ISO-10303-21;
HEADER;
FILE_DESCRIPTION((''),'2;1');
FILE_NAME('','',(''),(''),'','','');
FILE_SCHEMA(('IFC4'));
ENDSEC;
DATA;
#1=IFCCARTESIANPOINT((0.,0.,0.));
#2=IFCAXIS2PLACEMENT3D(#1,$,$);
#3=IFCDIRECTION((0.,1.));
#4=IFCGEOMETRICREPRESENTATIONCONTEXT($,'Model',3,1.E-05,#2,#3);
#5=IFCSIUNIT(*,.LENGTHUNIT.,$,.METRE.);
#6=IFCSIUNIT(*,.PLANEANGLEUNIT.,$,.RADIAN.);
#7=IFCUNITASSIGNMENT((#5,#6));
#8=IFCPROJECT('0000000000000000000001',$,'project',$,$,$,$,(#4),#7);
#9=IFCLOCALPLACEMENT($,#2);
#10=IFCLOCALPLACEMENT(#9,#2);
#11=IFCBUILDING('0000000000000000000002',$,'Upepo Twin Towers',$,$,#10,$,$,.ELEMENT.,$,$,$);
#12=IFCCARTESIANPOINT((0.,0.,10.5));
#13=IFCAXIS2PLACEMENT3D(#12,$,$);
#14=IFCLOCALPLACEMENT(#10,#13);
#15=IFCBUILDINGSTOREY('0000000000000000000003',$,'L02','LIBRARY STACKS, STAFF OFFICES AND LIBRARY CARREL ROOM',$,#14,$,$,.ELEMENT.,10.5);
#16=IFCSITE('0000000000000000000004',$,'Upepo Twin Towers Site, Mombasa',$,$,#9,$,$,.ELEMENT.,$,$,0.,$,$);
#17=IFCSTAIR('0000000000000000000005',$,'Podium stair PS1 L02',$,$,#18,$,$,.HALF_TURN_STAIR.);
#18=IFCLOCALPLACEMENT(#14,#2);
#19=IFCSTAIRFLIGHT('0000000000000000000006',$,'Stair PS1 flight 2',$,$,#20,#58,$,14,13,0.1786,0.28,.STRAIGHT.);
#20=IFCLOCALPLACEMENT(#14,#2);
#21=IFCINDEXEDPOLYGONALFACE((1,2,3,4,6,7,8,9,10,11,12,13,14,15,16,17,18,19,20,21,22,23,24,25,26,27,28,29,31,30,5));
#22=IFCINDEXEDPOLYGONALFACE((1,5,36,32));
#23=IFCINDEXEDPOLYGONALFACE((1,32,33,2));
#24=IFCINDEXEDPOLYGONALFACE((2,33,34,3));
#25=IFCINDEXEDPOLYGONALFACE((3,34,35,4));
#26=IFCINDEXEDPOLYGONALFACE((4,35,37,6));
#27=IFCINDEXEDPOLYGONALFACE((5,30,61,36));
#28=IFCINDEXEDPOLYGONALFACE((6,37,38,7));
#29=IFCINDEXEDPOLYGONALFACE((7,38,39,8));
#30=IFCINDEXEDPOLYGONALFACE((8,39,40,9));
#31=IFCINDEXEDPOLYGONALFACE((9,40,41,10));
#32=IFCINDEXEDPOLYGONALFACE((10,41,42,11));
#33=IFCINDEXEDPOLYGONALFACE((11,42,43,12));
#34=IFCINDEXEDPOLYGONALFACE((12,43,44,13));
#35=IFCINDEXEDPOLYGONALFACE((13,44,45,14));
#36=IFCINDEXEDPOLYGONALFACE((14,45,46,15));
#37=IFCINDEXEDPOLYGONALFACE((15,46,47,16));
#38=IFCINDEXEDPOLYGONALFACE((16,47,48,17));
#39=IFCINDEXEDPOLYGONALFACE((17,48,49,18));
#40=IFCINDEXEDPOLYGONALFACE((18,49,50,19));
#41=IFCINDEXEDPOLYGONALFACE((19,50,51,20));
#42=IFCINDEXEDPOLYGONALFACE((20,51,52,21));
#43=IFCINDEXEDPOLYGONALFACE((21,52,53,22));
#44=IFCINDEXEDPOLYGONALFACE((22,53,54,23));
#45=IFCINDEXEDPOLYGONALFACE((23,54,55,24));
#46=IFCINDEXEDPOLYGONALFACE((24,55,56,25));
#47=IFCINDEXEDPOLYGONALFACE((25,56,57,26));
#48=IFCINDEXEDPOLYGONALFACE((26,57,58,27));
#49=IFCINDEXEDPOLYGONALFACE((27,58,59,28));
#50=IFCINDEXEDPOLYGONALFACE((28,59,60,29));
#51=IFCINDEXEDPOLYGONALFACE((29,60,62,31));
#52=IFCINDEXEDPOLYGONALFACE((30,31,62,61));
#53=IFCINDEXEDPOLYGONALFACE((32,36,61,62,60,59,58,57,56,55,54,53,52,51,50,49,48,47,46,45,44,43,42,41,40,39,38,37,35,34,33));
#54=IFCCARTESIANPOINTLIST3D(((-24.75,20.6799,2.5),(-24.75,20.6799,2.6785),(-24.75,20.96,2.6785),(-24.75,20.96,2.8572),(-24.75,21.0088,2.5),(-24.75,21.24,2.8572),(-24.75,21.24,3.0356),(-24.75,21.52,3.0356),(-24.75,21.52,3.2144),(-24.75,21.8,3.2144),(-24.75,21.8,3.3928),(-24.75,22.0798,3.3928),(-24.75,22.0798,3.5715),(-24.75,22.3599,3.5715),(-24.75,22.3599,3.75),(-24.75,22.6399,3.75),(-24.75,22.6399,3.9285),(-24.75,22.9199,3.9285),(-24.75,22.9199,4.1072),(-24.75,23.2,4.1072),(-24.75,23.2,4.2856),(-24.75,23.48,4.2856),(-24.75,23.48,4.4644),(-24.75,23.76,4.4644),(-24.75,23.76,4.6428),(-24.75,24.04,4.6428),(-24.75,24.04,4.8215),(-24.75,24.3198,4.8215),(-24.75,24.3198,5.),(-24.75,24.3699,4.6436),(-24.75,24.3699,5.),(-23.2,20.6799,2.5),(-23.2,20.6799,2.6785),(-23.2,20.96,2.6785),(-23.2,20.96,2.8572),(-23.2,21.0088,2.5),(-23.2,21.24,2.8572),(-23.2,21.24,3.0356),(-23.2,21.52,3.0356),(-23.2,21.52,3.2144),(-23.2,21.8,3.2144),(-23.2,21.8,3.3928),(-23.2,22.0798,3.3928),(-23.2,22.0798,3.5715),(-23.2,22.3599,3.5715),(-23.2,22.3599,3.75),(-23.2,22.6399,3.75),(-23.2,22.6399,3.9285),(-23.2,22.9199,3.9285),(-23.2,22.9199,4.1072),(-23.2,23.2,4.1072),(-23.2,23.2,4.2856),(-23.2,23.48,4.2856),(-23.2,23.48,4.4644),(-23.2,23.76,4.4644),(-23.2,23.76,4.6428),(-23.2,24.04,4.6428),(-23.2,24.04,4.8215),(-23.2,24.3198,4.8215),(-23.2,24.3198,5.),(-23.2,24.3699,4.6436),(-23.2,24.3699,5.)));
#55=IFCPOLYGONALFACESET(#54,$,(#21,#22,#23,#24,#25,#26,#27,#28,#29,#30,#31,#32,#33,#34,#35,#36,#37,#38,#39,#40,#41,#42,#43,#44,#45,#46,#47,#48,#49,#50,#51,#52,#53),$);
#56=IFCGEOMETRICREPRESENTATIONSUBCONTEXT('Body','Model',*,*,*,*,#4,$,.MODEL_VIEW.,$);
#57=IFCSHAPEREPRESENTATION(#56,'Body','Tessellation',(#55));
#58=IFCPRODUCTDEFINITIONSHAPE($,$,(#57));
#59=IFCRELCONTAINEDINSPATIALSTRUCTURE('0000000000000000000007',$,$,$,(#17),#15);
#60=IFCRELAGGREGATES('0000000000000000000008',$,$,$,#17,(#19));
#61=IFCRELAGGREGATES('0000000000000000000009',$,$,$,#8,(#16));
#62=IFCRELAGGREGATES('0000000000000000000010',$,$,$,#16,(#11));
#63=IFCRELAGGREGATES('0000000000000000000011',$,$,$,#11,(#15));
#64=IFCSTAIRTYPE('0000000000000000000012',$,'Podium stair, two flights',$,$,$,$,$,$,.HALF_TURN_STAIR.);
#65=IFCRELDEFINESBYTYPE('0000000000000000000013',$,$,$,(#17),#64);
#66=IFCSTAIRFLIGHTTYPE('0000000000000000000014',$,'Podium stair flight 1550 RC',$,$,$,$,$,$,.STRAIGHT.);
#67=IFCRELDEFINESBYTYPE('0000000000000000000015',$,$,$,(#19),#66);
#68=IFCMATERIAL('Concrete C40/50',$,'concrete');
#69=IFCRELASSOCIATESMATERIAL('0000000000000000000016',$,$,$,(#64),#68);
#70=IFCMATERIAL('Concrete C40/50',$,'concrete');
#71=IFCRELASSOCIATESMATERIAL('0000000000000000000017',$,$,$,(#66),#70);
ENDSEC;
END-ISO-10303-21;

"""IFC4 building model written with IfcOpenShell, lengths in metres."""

from ifc_helpers import new_model, si_unit, direction, frame, origin, place, context, subcontext, project, spatial, polyline, outline, extrude, material, type_object, element, aggregate, save


model = new_model("IFC4")

# Units and contexts
model_context = context("Model", 3, precision=1e-05, world=origin(), true_north=direction((0.0, 1.0)))
body_context = subcontext(model_context, "Body", "Model", "MODEL_VIEW")
ifc_project = project(units=[si_unit("LENGTHUNIT", "METRE"), si_unit("PLANEANGLEUNIT", "RADIAN")], contexts=[model_context])

# Site, building, storey
site_placement = place(None, origin())
site = spatial("IfcSite", under=ifc_project, at=site_placement, Name="Upepo Twin Towers Site, Mombasa", CompositionType="ELEMENT", RefElevation=0.0)
building_placement = place(site_placement, origin())
building = spatial("IfcBuilding", under=site, at=building_placement, Name="Upepo Twin Towers", CompositionType="ELEMENT")
storey_placement = place(building_placement, frame((0.0, 0.0, 10.5)))
storey = spatial("IfcBuildingStorey", under=building, at=storey_placement, Name="L02", Description="LIBRARY STACKS, STAFF OFFICES AND LIBRARY CARREL ROOM", CompositionType="ELEMENT", Elevation=10.5)

# Stair, stair flight
ifc_material_1 = material(Name="Concrete C40/50", Category="concrete")
stair_type = type_object("IfcStairType", Name="Podium stair, two flights", PredefinedType="HALF_TURN_STAIR", material=ifc_material_1)
stair_placement = place(storey_placement, origin())
stair = element("IfcStair", 1, at=stair_placement, inside=storey, type_object=stair_type, Name="Podium stair PS1 L02", PredefinedType="HALF_TURN_STAIR")
ifc_material_2 = material(Name="Concrete C40/50", Category="concrete")
stair_flight_type = type_object("IfcStairFlightType", Name="Podium stair flight 1550 RC", PredefinedType="STRAIGHT", material=ifc_material_2)
stair_flight_placement = place(storey_placement, frame((-23.9751, 20.6799, 2.5), z_axis=(0.0, 0.0, 1.0), x_axis=(0.0, 1.0, 0.0)))
stair_flight = element("IfcStairFlight", 2, at=stair_flight_placement, type_object=stair_flight_type, Name="Stair PS1 flight 2", NumberOfRisers=14, NumberOfTreads=13, PredefinedType="STRAIGHT", RiserHeight=0.1786, TreadLength=0.28, context=body_context, shape_type="SweptSolid", body=[
    extrude(outline(polyline([(0.0, 0.0), (0.0, 0.1785), (0.28, 0.1785), (0.28, 0.3572), (0.5601, 0.3572), (0.5601, 0.5356), (0.8401, 0.5356), (0.8401, 0.7144), (1.1201, 0.7144), (1.1201, 0.8928), (1.3999, 0.8928), (1.3999, 1.0715), (1.6799, 1.0715), (1.6799, 1.25), (1.96, 1.25), (1.96, 1.4285), (2.24, 1.4285), (2.24, 1.6072), (2.52, 1.6072), (2.52, 1.7856), (2.8, 1.7856), (2.8, 1.9644), (3.0801, 1.9644), (3.0801, 2.1428), (3.3601, 2.1428), (3.3601, 2.3215), (3.6399, 2.3215), (3.6399, 2.5), (3.6899, 2.5), (3.6899, 2.1436), (0.3289, 0.0), (0.0, 0.0)])), frame((0.0, 0.7749, 0.0), z_axis=(0.0, -1.0, 0.0), x_axis=(1.0, 0.0, 0.0)), (0.0, 0.0, 1.0), 1.55),
])
aggregate(stair, [stair_flight])

save(model, "model.ifc")
